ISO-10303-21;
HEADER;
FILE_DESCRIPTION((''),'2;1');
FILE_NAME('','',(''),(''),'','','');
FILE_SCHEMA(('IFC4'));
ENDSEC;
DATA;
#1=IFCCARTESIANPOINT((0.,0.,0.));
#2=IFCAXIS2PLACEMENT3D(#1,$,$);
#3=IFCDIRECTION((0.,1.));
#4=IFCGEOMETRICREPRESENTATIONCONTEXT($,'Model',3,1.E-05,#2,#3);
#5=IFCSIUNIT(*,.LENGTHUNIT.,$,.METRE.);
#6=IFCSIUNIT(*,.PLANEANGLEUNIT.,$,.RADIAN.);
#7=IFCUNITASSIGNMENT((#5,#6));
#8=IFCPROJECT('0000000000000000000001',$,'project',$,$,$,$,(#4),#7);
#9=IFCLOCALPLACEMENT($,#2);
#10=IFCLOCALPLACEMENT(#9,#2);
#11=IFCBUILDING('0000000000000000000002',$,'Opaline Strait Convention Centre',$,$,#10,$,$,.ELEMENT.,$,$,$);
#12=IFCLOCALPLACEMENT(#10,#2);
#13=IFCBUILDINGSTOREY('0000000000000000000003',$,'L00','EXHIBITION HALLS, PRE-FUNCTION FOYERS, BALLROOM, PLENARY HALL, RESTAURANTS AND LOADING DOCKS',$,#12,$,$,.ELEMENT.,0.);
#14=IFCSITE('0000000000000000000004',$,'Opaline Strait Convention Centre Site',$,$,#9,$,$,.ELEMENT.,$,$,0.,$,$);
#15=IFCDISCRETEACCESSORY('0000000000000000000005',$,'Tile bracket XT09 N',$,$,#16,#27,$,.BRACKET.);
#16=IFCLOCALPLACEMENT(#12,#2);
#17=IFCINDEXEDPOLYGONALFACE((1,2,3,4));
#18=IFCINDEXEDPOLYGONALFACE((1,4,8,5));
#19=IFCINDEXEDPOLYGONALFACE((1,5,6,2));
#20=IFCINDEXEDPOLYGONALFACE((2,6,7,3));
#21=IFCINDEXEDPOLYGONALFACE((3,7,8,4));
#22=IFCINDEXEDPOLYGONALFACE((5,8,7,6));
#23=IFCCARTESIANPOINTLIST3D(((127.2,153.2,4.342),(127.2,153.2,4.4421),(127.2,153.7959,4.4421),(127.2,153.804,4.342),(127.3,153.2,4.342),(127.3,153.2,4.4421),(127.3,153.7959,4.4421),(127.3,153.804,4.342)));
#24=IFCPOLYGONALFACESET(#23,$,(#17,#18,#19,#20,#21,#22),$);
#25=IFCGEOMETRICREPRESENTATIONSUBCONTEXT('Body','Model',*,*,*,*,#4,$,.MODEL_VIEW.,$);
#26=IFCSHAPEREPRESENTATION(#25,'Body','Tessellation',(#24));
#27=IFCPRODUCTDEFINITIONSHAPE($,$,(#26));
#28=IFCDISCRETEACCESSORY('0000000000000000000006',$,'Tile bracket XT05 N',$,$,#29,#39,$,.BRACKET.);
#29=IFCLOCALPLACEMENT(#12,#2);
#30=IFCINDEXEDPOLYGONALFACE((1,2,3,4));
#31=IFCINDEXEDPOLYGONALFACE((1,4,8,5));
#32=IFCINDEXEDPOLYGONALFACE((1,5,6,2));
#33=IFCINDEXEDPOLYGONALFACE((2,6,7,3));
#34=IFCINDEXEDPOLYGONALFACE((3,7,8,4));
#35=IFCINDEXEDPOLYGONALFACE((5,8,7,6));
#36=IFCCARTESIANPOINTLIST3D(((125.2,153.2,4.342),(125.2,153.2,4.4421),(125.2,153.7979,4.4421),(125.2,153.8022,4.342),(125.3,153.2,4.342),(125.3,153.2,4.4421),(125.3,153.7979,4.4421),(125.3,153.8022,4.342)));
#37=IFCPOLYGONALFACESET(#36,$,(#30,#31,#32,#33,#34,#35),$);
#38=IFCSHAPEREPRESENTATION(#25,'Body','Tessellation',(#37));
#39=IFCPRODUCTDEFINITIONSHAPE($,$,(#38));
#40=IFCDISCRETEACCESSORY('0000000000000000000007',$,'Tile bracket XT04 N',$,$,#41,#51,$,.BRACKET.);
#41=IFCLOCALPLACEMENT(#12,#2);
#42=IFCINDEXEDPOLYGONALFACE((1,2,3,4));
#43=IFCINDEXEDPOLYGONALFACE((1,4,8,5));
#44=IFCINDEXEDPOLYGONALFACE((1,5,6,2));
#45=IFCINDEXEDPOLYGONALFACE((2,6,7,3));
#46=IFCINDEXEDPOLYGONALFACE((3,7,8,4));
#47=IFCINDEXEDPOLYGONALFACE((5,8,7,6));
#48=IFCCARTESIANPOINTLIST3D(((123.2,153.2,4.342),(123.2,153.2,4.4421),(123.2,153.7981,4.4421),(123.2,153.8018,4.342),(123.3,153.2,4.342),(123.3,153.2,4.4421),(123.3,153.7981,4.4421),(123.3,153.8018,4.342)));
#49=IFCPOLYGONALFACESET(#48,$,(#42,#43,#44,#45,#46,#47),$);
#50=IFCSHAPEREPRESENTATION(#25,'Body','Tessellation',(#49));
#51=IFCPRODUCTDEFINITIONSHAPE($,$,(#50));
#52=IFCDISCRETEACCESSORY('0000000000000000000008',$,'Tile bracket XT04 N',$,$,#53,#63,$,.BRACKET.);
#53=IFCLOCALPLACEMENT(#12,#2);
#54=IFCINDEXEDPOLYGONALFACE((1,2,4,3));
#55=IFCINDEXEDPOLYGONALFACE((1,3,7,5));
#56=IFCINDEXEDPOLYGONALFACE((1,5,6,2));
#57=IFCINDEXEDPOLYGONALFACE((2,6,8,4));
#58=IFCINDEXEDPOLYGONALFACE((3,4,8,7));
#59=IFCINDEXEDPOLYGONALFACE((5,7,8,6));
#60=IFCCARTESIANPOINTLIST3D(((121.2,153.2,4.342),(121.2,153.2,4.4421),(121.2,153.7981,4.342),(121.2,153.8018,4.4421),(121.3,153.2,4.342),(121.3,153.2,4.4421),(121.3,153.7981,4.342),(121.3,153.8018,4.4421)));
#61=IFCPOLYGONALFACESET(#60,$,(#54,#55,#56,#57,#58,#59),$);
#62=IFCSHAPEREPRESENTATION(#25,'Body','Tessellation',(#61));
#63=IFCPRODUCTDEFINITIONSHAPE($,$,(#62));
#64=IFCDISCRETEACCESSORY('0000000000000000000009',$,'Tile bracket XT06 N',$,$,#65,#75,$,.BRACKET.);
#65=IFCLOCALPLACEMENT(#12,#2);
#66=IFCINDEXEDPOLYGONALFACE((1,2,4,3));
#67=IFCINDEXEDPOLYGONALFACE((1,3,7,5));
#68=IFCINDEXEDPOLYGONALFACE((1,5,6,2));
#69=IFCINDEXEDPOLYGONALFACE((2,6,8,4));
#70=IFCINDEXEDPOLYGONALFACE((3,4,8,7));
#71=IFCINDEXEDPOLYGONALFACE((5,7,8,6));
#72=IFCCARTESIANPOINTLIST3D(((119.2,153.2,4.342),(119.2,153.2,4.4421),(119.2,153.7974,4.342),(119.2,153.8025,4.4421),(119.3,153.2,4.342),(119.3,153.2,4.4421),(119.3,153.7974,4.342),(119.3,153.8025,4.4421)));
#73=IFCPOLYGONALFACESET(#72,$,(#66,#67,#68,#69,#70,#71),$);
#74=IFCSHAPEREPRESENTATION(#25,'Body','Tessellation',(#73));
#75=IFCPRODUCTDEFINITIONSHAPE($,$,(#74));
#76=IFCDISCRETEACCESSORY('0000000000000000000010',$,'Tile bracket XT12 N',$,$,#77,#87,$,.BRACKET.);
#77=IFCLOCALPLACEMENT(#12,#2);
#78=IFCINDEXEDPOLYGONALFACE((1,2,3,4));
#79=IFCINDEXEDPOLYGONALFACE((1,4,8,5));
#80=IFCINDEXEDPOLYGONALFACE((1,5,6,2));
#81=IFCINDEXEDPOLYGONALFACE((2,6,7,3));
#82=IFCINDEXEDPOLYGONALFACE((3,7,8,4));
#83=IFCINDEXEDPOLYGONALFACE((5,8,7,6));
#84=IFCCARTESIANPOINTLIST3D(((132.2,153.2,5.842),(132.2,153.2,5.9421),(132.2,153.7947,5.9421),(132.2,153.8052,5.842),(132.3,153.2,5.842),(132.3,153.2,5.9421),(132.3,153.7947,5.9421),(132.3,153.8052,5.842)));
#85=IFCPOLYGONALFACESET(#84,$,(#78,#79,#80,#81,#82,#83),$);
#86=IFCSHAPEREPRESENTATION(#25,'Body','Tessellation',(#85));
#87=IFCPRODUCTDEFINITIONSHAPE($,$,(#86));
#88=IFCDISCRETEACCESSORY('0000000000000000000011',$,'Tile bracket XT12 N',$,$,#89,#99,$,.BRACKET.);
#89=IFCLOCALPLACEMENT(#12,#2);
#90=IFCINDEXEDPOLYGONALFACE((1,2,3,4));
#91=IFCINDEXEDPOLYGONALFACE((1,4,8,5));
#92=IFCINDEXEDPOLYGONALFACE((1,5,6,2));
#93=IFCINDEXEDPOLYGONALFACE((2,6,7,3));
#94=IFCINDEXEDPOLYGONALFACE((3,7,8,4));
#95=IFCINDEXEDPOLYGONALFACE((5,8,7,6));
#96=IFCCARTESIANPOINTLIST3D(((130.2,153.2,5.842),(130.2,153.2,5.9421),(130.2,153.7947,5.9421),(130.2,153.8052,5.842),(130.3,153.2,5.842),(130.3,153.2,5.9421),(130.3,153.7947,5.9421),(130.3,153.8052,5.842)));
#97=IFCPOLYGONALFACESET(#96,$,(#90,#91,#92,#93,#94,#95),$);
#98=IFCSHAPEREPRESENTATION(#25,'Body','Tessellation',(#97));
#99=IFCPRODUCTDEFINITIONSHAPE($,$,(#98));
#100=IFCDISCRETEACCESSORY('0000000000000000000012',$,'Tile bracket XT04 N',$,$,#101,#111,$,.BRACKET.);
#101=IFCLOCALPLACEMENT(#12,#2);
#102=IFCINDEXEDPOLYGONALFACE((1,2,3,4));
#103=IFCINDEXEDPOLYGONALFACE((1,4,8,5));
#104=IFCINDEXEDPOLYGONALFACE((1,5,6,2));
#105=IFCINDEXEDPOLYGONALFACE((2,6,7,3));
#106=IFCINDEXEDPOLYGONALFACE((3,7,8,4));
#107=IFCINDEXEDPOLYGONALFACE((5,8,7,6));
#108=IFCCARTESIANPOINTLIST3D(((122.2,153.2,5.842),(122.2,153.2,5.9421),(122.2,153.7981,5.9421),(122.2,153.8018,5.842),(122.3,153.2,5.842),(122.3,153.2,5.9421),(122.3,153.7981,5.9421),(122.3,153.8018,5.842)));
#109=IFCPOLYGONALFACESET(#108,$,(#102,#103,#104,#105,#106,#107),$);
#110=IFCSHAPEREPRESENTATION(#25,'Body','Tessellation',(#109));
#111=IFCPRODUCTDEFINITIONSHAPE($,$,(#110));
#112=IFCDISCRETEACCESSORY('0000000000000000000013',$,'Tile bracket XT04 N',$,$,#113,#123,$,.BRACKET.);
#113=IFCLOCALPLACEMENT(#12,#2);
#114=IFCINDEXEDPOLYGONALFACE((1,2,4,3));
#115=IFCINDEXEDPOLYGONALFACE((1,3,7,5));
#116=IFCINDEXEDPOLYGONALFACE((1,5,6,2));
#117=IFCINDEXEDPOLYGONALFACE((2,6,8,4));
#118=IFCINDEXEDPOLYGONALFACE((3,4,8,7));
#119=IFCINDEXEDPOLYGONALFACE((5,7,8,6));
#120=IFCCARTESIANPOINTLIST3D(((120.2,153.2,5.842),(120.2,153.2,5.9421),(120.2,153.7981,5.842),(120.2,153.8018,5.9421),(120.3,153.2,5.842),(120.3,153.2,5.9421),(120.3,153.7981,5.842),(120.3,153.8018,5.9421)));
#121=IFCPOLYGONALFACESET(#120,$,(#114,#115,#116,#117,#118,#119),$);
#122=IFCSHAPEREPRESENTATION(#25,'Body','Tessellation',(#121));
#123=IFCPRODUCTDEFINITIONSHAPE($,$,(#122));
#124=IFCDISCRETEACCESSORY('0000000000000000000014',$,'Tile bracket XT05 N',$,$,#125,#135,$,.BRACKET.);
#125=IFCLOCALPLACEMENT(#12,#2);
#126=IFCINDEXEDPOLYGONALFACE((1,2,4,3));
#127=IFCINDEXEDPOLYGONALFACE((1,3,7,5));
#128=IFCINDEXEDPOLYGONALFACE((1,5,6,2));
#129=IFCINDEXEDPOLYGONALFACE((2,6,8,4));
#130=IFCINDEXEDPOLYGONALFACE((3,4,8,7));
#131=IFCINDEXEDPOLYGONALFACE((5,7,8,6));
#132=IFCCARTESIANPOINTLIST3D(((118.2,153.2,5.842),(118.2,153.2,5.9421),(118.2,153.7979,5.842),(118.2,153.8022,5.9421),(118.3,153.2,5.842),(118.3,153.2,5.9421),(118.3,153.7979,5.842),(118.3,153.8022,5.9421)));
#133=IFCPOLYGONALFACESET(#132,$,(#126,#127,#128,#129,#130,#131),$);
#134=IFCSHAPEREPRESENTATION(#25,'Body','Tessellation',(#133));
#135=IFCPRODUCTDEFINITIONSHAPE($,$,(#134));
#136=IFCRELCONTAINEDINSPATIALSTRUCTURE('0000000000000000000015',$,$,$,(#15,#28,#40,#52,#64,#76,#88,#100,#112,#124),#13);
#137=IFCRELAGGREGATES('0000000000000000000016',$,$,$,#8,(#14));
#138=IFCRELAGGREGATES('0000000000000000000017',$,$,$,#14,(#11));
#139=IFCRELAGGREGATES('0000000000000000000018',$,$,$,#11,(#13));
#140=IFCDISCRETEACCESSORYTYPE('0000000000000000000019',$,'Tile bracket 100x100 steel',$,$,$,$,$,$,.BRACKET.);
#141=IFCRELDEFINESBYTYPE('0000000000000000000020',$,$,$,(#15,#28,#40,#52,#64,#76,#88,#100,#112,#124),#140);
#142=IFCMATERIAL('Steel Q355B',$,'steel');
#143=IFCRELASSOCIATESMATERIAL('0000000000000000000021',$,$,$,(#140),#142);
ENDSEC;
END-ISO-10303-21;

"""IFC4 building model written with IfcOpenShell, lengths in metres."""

from ifc_helpers import new_model, si_unit, direction, frame, origin, place, context, subcontext, project, spatial, polyline, outline, extrude, material, type_object, element, save


model = new_model("IFC4")

# Units and contexts
model_context = context("Model", 3, precision=1e-05, world=origin(), true_north=direction((0.0, 1.0)))
body_context = subcontext(model_context, "Body", "Model", "MODEL_VIEW")
ifc_project = project(units=[si_unit("LENGTHUNIT", "METRE"), si_unit("PLANEANGLEUNIT", "RADIAN")], contexts=[model_context])

# Site, building, storey
site_placement = place(None, origin())
site = spatial("IfcSite", under=ifc_project, at=site_placement, Name="Opaline Strait Convention Centre Site", CompositionType="ELEMENT", RefElevation=0.0)
building_placement = place(site_placement, origin())
building = spatial("IfcBuilding", under=site, at=building_placement, Name="Opaline Strait Convention Centre", CompositionType="ELEMENT")
storey_placement = place(building_placement, origin())
storey = spatial("IfcBuildingStorey", under=building, at=storey_placement, Name="L00", Description="EXHIBITION HALLS, PRE-FUNCTION FOYERS, BALLROOM, PLENARY HALL, RESTAURANTS AND LOADING DOCKS", CompositionType="ELEMENT", Elevation=0.0)

# Discrete accessories
ifc_material_1 = material(Name="Steel Q355B", Category="steel")
discrete_accessory_type = type_object("IfcDiscreteAccessoryType", Name="Tile bracket 100x100 steel", PredefinedType="BRACKET", material=ifc_material_1)
discrete_accessory_1_placement = place(storey_placement, frame((127.3, 153.2, 4.3921), z_axis=(-1.0, 0.0, 0.0), x_axis=(0.0, -1.0, 0.0)))
element("IfcDiscreteAccessory", 1, at=discrete_accessory_1_placement, inside=storey, type_object=discrete_accessory_type, Name="Tile bracket XT09 N", PredefinedType="BRACKET", context=body_context, shape_type="SweptSolid", body=[
    extrude(outline(polyline([(0.0, -0.05), (0.0, 0.05), (-0.5959, 0.05), (-0.604, -0.05), (0.0, -0.05)])), origin(), (0.0, 0.0, 1.0), 0.1001),
])
discrete_accessory_2_placement = place(storey_placement, frame((125.3, 153.2, 4.3921), z_axis=(-1.0, 0.0, 0.0), x_axis=(0.0, -1.0, 0.0)))
element("IfcDiscreteAccessory", 2, at=discrete_accessory_2_placement, inside=storey, type_object=discrete_accessory_type, Name="Tile bracket XT05 N", PredefinedType="BRACKET", context=body_context, shape_type="SweptSolid", body=[
    extrude(outline(polyline([(0.0, -0.05), (0.0, 0.05), (-0.5979, 0.05), (-0.6023, -0.05), (0.0, -0.05)])), origin(), (0.0, 0.0, 1.0), 0.1001),
])
discrete_accessory_3_placement = place(storey_placement, frame((123.3, 153.2, 4.3921), z_axis=(-1.0, 0.0, 0.0), x_axis=(0.0, -1.0, 0.0)))
element("IfcDiscreteAccessory", 3, at=discrete_accessory_3_placement, inside=storey, type_object=discrete_accessory_type, Name="Tile bracket XT04 N", PredefinedType="BRACKET", context=body_context, shape_type="SweptSolid", body=[
    extrude(outline(polyline([(0.0, -0.05), (0.0, 0.05), (-0.5981, 0.05), (-0.6018, -0.05), (0.0, -0.05)])), origin(), (0.0, 0.0, 1.0), 0.1001),
])
discrete_accessory_4_placement = place(storey_placement, frame((121.3, 153.2, 4.3921), z_axis=(-1.0, 0.0, 0.0), x_axis=(0.0, -1.0, 0.0)))
element("IfcDiscreteAccessory", 4, at=discrete_accessory_4_placement, inside=storey, type_object=discrete_accessory_type, Name="Tile bracket XT04 N", PredefinedType="BRACKET", context=body_context, shape_type="SweptSolid", body=[
    extrude(outline(polyline([(0.0, -0.05), (0.0, 0.05), (-0.6018, 0.05), (-0.5981, -0.05), (0.0, -0.05)])), origin(), (0.0, 0.0, 1.0), 0.1001),
])
discrete_accessory_5_placement = place(storey_placement, frame((119.3, 153.2, 4.3921), z_axis=(-1.0, 0.0, 0.0), x_axis=(0.0, -1.0, 0.0)))
element("IfcDiscreteAccessory", 5, at=discrete_accessory_5_placement, inside=storey, type_object=discrete_accessory_type, Name="Tile bracket XT06 N", PredefinedType="BRACKET", context=body_context, shape_type="SweptSolid", body=[
    extrude(outline(polyline([(0.0, -0.05), (0.0, 0.05), (-0.6025, 0.05), (-0.5974, -0.05), (0.0, -0.05)])), origin(), (0.0, 0.0, 1.0), 0.1001),
])
for number, where, z_axis, x_axis, name in (
    (6, (132.3, 153.2, 5.8921), (-1.0, 0.0, 0.0), (0.0, -1.0, 0.0), "Tile bracket XT12 N"),
    (7, (130.3, 153.2, 5.8921), (-1.0, 0.0, 0.0), (0.0, -1.0, 0.0), "Tile bracket XT12 N"),
):
    element("IfcDiscreteAccessory", number, at=place(storey_placement, frame(where, z_axis=z_axis, x_axis=x_axis)), inside=storey, type_object=discrete_accessory_type, Name=name, PredefinedType="BRACKET", context=body_context, shape_type="SweptSolid", body=[
        extrude(outline(polyline([(0.0, -0.05), (0.0, 0.05), (-0.5947, 0.05), (-0.6052, -0.05), (0.0, -0.05)])), origin(), (0.0, 0.0, 1.0), 0.1001),
    ])
discrete_accessory_6_placement = place(storey_placement, frame((122.3, 153.2, 5.8921), z_axis=(-1.0, 0.0, 0.0), x_axis=(0.0, -1.0, 0.0)))
element("IfcDiscreteAccessory", 8, at=discrete_accessory_6_placement, inside=storey, type_object=discrete_accessory_type, Name="Tile bracket XT04 N", PredefinedType="BRACKET", context=body_context, shape_type="SweptSolid", body=[
    extrude(outline(polyline([(0.0, -0.05), (0.0, 0.05), (-0.5981, 0.05), (-0.6018, -0.05), (0.0, -0.05)])), origin(), (0.0, 0.0, 1.0), 0.1001),
])
discrete_accessory_7_placement = place(storey_placement, frame((120.3, 153.2, 5.8921), z_axis=(-1.0, 0.0, 0.0), x_axis=(0.0, -1.0, 0.0)))
element("IfcDiscreteAccessory", 9, at=discrete_accessory_7_placement, inside=storey, type_object=discrete_accessory_type, Name="Tile bracket XT04 N", PredefinedType="BRACKET", context=body_context, shape_type="SweptSolid", body=[
    extrude(outline(polyline([(0.0, -0.05), (0.0, 0.05), (-0.6018, 0.05), (-0.5981, -0.05), (0.0, -0.05)])), origin(), (0.0, 0.0, 1.0), 0.1001),
])
discrete_accessory_8_placement = place(storey_placement, frame((118.3, 153.2, 5.8921), z_axis=(-1.0, 0.0, 0.0), x_axis=(0.0, -1.0, 0.0)))
element("IfcDiscreteAccessory", 10, at=discrete_accessory_8_placement, inside=storey, type_object=discrete_accessory_type, Name="Tile bracket XT05 N", PredefinedType="BRACKET", context=body_context, shape_type="SweptSolid", body=[
    extrude(outline(polyline([(0.0, -0.05), (0.0, 0.05), (-0.6023, 0.05), (-0.5979, -0.05), (0.0, -0.05)])), origin(), (0.0, 0.0, 1.0), 0.1001),
])

save(model, "model.ifc")
